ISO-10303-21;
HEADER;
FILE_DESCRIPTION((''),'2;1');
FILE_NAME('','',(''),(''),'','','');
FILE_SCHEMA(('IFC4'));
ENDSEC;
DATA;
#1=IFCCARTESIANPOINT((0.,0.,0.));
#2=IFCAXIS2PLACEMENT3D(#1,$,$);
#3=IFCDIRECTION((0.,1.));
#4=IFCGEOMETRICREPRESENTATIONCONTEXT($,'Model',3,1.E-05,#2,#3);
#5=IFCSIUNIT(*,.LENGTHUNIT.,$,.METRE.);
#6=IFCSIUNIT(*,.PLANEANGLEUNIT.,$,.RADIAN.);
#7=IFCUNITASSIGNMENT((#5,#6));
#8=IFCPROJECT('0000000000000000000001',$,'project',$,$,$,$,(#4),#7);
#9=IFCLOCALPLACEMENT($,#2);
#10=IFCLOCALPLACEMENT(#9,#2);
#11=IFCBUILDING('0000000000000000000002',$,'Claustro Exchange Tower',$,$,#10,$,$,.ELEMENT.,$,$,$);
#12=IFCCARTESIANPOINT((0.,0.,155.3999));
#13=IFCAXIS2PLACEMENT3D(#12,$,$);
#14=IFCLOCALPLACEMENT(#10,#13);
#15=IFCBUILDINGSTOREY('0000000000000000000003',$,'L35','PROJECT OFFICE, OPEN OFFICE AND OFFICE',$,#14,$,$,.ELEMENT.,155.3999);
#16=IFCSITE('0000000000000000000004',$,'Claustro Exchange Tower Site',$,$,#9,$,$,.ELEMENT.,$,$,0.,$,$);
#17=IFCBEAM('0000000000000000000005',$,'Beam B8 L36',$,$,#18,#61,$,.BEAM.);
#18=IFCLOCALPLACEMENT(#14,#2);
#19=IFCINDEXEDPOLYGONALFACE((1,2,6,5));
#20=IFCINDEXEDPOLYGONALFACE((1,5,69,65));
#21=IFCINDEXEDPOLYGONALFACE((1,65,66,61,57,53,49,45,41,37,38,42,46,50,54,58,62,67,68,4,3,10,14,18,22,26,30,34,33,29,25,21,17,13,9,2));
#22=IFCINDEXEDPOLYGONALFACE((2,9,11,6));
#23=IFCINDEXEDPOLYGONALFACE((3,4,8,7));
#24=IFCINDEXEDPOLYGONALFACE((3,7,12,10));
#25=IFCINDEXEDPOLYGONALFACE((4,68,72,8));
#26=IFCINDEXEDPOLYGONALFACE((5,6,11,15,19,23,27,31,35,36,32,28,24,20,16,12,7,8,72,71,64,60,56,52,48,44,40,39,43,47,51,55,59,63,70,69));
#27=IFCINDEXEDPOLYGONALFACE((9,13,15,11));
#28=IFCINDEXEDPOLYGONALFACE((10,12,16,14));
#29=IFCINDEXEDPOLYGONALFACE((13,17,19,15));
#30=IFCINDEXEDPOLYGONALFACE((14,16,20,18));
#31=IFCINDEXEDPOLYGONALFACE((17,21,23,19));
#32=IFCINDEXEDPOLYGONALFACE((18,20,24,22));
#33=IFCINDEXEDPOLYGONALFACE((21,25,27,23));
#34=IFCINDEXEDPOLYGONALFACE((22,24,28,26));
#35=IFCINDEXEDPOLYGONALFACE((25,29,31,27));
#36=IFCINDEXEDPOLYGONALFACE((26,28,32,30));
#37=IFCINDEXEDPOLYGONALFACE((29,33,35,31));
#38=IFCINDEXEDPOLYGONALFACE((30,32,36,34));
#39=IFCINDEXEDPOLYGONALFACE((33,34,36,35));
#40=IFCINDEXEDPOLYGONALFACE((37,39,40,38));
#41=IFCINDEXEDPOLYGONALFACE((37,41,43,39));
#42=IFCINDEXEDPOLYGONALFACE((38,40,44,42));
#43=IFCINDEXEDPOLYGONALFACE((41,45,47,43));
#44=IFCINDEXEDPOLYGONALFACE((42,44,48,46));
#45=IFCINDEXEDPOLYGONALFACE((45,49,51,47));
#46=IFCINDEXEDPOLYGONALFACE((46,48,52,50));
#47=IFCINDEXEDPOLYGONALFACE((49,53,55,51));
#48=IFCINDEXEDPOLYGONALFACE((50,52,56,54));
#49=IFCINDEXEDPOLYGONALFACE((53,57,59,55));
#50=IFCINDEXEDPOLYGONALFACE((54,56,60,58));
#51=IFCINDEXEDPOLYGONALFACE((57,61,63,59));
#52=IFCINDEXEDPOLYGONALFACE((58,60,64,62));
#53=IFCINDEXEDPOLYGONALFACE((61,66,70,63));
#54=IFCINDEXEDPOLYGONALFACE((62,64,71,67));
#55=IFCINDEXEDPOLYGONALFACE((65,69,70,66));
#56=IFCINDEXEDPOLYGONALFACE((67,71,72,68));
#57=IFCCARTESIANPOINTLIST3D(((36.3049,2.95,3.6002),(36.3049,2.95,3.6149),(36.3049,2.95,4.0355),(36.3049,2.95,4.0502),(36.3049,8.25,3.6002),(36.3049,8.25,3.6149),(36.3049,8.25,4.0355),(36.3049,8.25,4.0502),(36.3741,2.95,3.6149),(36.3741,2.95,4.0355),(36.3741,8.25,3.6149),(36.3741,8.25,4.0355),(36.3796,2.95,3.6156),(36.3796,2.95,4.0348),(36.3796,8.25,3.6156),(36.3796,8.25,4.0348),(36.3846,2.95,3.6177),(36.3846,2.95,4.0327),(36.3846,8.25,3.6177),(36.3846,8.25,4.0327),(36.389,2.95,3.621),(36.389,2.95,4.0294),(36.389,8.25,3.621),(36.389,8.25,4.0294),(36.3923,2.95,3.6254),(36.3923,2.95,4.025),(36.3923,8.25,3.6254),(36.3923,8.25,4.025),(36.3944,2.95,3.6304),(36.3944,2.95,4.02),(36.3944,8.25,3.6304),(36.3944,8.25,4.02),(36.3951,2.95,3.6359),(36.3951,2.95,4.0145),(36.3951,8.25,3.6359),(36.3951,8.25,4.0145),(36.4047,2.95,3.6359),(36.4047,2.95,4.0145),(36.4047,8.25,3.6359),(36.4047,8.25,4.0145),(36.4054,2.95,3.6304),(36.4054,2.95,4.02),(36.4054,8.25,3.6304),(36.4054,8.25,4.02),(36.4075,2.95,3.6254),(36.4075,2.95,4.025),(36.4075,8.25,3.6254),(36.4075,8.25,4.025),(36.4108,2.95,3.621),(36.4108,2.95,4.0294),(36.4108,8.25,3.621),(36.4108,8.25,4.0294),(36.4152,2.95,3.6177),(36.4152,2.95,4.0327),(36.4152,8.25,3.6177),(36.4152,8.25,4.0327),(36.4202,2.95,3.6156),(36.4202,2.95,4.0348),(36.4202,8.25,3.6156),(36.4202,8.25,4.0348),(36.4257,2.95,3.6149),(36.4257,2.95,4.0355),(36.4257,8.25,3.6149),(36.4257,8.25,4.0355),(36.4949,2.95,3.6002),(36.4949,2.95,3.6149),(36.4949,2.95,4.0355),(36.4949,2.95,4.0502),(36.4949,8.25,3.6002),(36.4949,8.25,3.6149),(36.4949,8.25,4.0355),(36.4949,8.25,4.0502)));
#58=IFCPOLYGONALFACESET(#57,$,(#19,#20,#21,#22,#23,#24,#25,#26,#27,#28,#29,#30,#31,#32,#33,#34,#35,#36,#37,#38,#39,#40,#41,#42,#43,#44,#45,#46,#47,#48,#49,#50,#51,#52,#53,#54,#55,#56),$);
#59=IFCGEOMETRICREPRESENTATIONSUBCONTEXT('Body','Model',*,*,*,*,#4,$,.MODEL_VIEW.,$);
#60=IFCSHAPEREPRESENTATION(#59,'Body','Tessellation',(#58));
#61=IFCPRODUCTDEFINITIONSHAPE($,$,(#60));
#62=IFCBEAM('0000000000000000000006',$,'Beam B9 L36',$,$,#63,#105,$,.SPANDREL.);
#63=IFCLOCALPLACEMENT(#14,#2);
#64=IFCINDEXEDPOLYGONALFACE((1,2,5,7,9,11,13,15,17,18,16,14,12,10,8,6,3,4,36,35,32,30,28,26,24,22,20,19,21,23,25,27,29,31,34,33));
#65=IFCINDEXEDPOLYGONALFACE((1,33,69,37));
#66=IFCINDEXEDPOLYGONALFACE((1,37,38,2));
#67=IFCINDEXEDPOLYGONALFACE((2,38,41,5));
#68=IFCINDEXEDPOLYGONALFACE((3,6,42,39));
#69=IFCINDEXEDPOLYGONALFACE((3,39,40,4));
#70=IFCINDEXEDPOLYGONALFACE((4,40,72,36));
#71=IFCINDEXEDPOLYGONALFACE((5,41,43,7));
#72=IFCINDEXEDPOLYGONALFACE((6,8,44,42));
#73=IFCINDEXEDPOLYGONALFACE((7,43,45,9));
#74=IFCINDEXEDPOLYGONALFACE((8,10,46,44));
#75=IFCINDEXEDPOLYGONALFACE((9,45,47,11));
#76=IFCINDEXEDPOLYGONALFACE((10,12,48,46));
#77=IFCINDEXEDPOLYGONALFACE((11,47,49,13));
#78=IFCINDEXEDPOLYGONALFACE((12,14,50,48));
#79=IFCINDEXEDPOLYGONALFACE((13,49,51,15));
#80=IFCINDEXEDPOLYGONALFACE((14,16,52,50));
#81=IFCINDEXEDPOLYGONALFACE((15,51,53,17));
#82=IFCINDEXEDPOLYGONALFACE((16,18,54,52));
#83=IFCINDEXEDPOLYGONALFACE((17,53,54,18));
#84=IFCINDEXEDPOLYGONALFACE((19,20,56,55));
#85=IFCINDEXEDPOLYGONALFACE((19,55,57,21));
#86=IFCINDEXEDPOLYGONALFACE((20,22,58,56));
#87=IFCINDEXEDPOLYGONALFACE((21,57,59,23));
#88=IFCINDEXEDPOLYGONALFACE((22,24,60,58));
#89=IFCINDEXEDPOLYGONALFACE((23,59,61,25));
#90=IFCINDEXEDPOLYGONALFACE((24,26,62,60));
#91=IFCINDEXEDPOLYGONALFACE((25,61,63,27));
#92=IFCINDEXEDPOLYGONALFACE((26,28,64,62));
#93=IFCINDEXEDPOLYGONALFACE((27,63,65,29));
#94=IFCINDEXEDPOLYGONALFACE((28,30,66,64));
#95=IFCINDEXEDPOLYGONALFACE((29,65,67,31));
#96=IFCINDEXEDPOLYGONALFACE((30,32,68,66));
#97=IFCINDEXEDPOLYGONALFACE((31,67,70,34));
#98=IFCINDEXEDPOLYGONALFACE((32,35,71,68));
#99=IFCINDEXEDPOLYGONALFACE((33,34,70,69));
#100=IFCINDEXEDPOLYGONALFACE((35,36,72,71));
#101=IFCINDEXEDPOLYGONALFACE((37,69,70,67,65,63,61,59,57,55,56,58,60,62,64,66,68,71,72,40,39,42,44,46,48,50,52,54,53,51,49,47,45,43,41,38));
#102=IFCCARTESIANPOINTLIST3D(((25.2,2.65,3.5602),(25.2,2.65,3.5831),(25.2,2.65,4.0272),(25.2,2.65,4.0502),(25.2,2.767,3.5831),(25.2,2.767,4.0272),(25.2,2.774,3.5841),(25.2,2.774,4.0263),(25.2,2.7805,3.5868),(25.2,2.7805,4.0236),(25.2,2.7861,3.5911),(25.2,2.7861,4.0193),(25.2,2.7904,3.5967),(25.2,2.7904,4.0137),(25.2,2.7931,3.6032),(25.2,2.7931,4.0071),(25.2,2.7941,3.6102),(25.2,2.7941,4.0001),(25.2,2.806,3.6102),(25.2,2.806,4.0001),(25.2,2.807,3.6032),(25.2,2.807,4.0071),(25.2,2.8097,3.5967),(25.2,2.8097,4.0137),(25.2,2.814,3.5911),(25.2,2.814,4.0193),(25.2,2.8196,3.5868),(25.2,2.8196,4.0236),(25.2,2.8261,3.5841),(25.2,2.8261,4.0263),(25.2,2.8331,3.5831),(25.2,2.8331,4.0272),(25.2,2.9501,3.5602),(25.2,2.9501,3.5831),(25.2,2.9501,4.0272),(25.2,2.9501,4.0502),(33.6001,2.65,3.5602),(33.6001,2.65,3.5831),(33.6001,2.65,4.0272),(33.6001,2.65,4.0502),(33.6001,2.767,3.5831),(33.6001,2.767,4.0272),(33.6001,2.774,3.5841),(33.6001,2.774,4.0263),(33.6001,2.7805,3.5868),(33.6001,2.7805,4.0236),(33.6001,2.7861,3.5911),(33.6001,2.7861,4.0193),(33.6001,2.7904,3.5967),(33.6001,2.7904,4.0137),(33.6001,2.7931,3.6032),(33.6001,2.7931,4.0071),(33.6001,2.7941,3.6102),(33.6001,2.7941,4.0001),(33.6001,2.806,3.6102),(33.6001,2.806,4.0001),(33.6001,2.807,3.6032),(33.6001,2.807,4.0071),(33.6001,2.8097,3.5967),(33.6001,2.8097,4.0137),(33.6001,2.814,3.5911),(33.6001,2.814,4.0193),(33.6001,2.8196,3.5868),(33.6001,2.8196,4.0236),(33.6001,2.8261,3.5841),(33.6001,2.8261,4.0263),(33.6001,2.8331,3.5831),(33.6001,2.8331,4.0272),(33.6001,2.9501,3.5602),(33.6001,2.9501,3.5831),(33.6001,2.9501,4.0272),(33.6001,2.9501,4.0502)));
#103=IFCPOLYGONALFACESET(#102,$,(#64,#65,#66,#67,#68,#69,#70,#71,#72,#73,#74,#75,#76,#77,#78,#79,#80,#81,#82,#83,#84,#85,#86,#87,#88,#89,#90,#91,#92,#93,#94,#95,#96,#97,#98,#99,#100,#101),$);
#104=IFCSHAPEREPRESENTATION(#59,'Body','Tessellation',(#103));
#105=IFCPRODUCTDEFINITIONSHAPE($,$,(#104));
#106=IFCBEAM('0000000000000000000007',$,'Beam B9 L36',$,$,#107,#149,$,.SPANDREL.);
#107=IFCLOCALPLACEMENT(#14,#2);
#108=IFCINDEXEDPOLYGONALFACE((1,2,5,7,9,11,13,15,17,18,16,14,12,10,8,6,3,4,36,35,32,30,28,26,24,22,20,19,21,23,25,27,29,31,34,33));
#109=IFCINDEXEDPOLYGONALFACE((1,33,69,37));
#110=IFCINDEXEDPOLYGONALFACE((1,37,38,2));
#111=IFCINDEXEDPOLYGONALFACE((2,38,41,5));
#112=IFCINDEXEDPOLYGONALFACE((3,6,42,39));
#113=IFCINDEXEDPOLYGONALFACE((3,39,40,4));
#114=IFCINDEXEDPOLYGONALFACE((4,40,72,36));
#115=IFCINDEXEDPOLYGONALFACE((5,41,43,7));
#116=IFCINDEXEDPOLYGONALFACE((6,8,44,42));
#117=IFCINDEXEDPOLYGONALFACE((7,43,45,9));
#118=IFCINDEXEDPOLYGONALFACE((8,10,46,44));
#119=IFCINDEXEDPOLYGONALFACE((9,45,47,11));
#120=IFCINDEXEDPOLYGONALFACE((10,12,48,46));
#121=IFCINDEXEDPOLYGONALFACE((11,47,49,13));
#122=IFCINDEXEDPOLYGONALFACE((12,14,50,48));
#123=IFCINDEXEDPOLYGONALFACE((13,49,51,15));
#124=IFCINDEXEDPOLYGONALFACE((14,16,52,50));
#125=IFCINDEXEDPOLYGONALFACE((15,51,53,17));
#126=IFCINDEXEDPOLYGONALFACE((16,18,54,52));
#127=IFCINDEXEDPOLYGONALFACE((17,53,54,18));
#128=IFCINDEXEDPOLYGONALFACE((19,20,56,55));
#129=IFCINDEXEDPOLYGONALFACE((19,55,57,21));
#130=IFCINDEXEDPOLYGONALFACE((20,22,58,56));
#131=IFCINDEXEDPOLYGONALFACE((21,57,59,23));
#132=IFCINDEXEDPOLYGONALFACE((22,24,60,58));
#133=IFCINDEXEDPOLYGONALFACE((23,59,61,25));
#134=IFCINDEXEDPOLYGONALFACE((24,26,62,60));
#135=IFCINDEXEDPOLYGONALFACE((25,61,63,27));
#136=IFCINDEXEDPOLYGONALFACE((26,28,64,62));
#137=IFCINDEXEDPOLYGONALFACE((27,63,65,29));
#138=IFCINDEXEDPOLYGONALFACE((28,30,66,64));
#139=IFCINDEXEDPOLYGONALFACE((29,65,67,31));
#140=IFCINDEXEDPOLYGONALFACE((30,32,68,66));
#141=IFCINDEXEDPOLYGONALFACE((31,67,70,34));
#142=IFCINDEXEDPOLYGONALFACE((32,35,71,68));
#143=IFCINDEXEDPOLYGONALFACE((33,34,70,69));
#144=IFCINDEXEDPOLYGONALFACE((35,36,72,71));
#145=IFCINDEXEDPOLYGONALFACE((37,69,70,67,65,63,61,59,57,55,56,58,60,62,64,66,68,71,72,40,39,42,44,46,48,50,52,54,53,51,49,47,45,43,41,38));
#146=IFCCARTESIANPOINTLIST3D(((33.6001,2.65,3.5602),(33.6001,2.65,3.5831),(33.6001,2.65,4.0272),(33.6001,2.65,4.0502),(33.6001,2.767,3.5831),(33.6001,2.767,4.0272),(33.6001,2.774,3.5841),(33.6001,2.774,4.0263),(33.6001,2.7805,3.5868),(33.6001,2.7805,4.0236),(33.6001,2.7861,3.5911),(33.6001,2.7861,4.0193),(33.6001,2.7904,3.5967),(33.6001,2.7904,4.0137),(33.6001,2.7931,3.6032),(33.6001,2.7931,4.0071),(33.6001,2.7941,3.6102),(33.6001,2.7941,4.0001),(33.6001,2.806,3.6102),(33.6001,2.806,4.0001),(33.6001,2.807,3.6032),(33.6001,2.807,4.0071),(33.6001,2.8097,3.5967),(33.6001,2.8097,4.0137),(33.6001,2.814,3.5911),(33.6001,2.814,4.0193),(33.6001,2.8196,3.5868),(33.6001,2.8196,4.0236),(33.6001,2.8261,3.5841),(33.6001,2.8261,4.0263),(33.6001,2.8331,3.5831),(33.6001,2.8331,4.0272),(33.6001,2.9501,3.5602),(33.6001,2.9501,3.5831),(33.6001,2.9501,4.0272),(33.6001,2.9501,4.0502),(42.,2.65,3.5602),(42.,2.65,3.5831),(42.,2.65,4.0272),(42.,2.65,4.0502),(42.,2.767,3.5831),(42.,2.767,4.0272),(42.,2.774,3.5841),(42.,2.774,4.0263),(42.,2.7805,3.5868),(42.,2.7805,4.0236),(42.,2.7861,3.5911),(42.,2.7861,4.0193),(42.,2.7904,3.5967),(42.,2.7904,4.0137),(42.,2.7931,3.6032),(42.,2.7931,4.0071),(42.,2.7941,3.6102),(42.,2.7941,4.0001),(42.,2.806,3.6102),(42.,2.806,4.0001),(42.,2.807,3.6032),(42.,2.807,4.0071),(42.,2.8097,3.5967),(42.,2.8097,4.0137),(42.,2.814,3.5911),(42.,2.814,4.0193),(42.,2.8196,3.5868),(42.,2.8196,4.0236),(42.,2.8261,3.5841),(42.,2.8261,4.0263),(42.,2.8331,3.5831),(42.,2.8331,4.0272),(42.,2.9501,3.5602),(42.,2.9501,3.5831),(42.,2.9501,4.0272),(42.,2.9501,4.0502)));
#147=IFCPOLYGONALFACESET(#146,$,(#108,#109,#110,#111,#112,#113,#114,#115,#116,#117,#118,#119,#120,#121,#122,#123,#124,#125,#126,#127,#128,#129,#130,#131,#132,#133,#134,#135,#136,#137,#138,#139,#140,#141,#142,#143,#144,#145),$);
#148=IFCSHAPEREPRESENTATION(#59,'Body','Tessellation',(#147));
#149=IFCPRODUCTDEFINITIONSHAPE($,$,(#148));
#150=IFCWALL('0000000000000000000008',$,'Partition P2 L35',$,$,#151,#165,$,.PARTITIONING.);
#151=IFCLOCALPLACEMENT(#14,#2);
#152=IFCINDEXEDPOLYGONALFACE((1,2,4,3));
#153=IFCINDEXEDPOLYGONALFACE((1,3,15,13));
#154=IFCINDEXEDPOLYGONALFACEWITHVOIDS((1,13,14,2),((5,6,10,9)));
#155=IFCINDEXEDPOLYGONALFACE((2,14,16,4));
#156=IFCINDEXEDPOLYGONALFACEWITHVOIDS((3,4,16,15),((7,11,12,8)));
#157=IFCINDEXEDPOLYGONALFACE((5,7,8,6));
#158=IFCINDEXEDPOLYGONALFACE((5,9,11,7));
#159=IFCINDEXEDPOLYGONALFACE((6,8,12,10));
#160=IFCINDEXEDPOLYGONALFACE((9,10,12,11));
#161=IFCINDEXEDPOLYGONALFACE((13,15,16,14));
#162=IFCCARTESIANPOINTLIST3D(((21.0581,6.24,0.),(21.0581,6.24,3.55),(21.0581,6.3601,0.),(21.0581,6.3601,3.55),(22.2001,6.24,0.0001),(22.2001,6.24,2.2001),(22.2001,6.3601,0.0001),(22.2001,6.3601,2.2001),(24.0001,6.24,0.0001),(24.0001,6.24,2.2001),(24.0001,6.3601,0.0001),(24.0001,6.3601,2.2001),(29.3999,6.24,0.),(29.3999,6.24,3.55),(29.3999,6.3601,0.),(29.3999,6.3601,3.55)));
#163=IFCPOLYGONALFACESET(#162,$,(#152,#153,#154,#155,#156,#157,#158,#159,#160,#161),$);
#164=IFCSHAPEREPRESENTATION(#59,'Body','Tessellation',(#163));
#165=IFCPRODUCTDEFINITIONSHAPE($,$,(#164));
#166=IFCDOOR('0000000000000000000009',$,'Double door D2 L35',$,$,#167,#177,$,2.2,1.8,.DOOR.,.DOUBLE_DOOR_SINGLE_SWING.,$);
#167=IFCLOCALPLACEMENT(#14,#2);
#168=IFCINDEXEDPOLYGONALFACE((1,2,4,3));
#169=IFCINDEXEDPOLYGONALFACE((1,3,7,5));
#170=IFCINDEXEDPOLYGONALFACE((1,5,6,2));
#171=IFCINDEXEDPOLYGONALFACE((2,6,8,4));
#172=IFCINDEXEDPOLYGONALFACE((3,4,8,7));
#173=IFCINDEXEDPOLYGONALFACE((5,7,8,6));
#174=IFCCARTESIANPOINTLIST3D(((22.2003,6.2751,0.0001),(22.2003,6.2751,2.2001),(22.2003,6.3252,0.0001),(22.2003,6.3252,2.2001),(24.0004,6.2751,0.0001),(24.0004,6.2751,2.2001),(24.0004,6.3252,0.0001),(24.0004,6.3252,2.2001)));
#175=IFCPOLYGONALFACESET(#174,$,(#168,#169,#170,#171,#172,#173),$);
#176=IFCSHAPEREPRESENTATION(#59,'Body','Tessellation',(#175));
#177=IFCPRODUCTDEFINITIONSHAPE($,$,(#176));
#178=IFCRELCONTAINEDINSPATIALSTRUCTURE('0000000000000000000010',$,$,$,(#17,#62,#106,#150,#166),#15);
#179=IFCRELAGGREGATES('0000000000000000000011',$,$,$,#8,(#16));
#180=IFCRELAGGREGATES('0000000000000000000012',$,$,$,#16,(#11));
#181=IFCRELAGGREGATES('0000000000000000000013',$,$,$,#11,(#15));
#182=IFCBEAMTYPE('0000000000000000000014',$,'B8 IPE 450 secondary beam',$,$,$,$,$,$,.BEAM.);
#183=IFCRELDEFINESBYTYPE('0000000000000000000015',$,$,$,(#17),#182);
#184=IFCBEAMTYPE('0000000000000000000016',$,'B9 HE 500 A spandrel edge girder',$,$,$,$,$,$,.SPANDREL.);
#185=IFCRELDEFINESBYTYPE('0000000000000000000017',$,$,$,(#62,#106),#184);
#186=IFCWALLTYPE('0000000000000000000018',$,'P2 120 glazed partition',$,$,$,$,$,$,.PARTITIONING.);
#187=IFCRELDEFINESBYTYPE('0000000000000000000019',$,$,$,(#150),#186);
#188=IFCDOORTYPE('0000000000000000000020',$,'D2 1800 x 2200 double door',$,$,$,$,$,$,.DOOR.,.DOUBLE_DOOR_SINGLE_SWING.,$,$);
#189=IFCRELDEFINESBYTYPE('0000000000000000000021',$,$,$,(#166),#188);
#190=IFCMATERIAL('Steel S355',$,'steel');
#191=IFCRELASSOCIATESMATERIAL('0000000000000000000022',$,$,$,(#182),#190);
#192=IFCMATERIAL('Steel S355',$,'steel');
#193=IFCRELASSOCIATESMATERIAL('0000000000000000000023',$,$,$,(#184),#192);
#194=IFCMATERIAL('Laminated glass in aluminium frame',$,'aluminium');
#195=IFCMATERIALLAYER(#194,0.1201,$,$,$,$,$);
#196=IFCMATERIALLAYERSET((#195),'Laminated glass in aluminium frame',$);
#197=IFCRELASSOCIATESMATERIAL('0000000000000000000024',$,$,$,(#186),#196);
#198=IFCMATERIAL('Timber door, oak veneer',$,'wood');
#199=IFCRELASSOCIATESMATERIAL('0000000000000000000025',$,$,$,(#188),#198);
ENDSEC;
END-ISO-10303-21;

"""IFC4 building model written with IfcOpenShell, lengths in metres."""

from ifc_helpers import new_model, si_unit, direction, frame, frame_2d, origin, origin_2d, place, context, subcontext, project, spatial, rectangle, i_section, extrude, material, layer, layer_set, material_profile, profile_set, type_object, element, fill, save


model = new_model("IFC4")

# Units and contexts
model_context = context("Model", 3, precision=1e-05, world=origin(), true_north=direction((0.0, 1.0)))
body_context = subcontext(model_context, "Body", "Model", "MODEL_VIEW")
ifc_project = project(units=[si_unit("LENGTHUNIT", "METRE"), si_unit("PLANEANGLEUNIT", "RADIAN")], contexts=[model_context])

# Site, building, storey
site_placement = place(None, origin())
site = spatial("IfcSite", under=ifc_project, at=site_placement, Name="Claustro Exchange Tower Site", CompositionType="ELEMENT", RefElevation=0.0)
building_placement = place(site_placement, origin())
building = spatial("IfcBuilding", under=site, at=building_placement, Name="Claustro Exchange Tower", CompositionType="ELEMENT")
storey_placement = place(building_placement, frame((0.0, 0.0, 155.3999)))
storey = spatial("IfcBuildingStorey", under=building, at=storey_placement, Name="L35", Description="PROJECT OFFICE, OPEN OFFICE AND OFFICE", CompositionType="ELEMENT", Elevation=155.3999)

# Beams
ifc_material_1 = material(Name="Steel S355", Category="steel")
ifc_material_profile_1 = material_profile(ifc_material_1, i_section(OverallWidth=0.1899, OverallDepth=0.45, WebThickness=0.0095, FlangeThickness=0.0146, FilletRadius=0.021, at=origin_2d()), Name="IPE 450")
ifc_profile_set_1 = profile_set([ifc_material_profile_1], Name="Steel S355")
beam_type_1 = type_object("IfcBeamType", Name="B8 IPE 450 secondary beam", PredefinedType="BEAM", material=ifc_profile_set_1)
for number, where, z_axis, x_axis, name in (
    (1, (36.3999, 2.95, 3.8252), (0.0, 1.0, 0.0), (-1.0, 0.0, 0.0), "Beam B8 L36"),
):
    element("IfcBeam", number, at=place(storey_placement, frame(where, z_axis=z_axis, x_axis=x_axis)), inside=storey, type_object=beam_type_1, Name=name, PredefinedType="BEAM", context=body_context, shape_type="SweptSolid", body=[
        extrude(i_section(OverallWidth=0.1899, OverallDepth=0.45, WebThickness=0.0095, FlangeThickness=0.0146, FilletRadius=0.021, at=origin_2d()), origin(), (0.0, 0.0, 1.0), 5.3),
    ])
ifc_material_2 = material(Name="Steel S355", Category="steel")
ifc_material_profile_2 = material_profile(ifc_material_2, i_section(OverallWidth=0.3, OverallDepth=0.49, WebThickness=0.012, FlangeThickness=0.0229, FilletRadius=0.0271, at=origin_2d()), Name="HE 500 A")
ifc_profile_set_2 = profile_set([ifc_material_profile_2], Name="Steel S355")
beam_type_2 = type_object("IfcBeamType", Name="B9 HE 500 A spandrel edge girder", PredefinedType="SPANDREL", material=ifc_profile_set_2)
beam_1_placement = place(storey_placement, frame((25.2, 2.8, 3.8052), z_axis=(1.0, 0.0, 0.0), x_axis=(0.0, 1.0, 0.0)))
element("IfcBeam", 2, at=beam_1_placement, inside=storey, type_object=beam_type_2, Name="Beam B9 L36", PredefinedType="SPANDREL", context=body_context, shape_type="SweptSolid", body=[
    extrude(i_section(OverallWidth=0.3, OverallDepth=0.49, WebThickness=0.012, FlangeThickness=0.0229, FilletRadius=0.0271, at=origin_2d()), origin(), (0.0, 0.0, 1.0), 8.4001),
])
beam_2_placement = place(storey_placement, frame((33.6001, 2.8, 3.8052), z_axis=(1.0, 0.0, 0.0), x_axis=(0.0, 1.0, 0.0)))
element("IfcBeam", 3, at=beam_2_placement, inside=storey, type_object=beam_type_2, Name="Beam B9 L36", PredefinedType="SPANDREL", context=body_context, shape_type="SweptSolid", body=[
    extrude(i_section(OverallWidth=0.3, OverallDepth=0.49, WebThickness=0.012, FlangeThickness=0.0229, FilletRadius=0.0271, at=origin_2d()), origin(), (0.0, 0.0, 1.0), 8.3999),
])

# Wall, opening, door
ifc_material_3 = material(Name="Laminated glass in aluminium frame", Category="aluminium")
ifc_layer_1 = layer(ifc_material_3, 0.1201)
ifc_layer_set_1 = layer_set([ifc_layer_1], Name="Laminated glass in aluminium frame")
wall_type_1 = type_object("IfcWallType", Name="P2 120 glazed partition", PredefinedType="PARTITIONING", material=ifc_layer_set_1)
wall_1_placement = place(storey_placement, frame((21.0581, 6.3, 0.0), z_axis=(0.0, 0.0, 1.0), x_axis=(1.0, 0.0, 0.0)))
wall_1 = element("IfcWall", 4, at=wall_1_placement, inside=storey, type_object=wall_type_1, Name="Partition P2 L35", PredefinedType="PARTITIONING", context=body_context, shape_type="SweptSolid", body=[
    extrude(rectangle(XDim=8.3418, YDim=0.1201, at=frame_2d((4.1709, 0.0))), origin(), (0.0, 0.0, 1.0), 3.55),
])
opening_1_placement = place(wall_1_placement, frame((1.1421, 0.0, 0.0)))
opening_1 = element("IfcOpeningElement", 5, at=opening_1_placement, cuts=wall_1, PredefinedType="OPENING", context=body_context, shape_type="SweptSolid", body=[
    extrude(rectangle(XDim=1.8, YDim=2.2, at=frame_2d((0.8999, 1.1001))), frame((0.0, 0.0701, 0.0), z_axis=(0.0, -1.0, 0.0), x_axis=(1.0, 0.0, 0.0)), (0.0, 0.0, 1.0), 0.1401),
])
ifc_material_4 = material(Name="Timber door, oak veneer", Category="wood")
door_type = type_object("IfcDoorType", Name="D2 1800 x 2200 double door", OperationType="DOUBLE_DOOR_SINGLE_SWING", PredefinedType="DOOR", material=ifc_material_4)
door_placement = place(opening_1_placement, frame((1.8, 0.0, 0.0), z_axis=(0.0, 0.0, 1.0), x_axis=(-1.0, 0.0, 0.0)))
door = element("IfcDoor", 6, at=door_placement, inside=storey, type_object=door_type, Name="Double door D2 L35", OperationType="DOUBLE_DOOR_SINGLE_SWING", OverallHeight=2.2, OverallWidth=1.8, PredefinedType="DOOR", context=body_context, shape_type="SweptSolid", body=[
    extrude(rectangle(XDim=1.8, YDim=2.2, at=frame_2d((0.8999, 1.1001))), frame((0.0, 0.0249, 0.0), z_axis=(0.0, -1.0, 0.0), x_axis=(1.0, 0.0, 0.0)), (0.0, 0.0, 1.0), 0.05),
])
fill(opening_1, door)

save(model, "model.ifc")
